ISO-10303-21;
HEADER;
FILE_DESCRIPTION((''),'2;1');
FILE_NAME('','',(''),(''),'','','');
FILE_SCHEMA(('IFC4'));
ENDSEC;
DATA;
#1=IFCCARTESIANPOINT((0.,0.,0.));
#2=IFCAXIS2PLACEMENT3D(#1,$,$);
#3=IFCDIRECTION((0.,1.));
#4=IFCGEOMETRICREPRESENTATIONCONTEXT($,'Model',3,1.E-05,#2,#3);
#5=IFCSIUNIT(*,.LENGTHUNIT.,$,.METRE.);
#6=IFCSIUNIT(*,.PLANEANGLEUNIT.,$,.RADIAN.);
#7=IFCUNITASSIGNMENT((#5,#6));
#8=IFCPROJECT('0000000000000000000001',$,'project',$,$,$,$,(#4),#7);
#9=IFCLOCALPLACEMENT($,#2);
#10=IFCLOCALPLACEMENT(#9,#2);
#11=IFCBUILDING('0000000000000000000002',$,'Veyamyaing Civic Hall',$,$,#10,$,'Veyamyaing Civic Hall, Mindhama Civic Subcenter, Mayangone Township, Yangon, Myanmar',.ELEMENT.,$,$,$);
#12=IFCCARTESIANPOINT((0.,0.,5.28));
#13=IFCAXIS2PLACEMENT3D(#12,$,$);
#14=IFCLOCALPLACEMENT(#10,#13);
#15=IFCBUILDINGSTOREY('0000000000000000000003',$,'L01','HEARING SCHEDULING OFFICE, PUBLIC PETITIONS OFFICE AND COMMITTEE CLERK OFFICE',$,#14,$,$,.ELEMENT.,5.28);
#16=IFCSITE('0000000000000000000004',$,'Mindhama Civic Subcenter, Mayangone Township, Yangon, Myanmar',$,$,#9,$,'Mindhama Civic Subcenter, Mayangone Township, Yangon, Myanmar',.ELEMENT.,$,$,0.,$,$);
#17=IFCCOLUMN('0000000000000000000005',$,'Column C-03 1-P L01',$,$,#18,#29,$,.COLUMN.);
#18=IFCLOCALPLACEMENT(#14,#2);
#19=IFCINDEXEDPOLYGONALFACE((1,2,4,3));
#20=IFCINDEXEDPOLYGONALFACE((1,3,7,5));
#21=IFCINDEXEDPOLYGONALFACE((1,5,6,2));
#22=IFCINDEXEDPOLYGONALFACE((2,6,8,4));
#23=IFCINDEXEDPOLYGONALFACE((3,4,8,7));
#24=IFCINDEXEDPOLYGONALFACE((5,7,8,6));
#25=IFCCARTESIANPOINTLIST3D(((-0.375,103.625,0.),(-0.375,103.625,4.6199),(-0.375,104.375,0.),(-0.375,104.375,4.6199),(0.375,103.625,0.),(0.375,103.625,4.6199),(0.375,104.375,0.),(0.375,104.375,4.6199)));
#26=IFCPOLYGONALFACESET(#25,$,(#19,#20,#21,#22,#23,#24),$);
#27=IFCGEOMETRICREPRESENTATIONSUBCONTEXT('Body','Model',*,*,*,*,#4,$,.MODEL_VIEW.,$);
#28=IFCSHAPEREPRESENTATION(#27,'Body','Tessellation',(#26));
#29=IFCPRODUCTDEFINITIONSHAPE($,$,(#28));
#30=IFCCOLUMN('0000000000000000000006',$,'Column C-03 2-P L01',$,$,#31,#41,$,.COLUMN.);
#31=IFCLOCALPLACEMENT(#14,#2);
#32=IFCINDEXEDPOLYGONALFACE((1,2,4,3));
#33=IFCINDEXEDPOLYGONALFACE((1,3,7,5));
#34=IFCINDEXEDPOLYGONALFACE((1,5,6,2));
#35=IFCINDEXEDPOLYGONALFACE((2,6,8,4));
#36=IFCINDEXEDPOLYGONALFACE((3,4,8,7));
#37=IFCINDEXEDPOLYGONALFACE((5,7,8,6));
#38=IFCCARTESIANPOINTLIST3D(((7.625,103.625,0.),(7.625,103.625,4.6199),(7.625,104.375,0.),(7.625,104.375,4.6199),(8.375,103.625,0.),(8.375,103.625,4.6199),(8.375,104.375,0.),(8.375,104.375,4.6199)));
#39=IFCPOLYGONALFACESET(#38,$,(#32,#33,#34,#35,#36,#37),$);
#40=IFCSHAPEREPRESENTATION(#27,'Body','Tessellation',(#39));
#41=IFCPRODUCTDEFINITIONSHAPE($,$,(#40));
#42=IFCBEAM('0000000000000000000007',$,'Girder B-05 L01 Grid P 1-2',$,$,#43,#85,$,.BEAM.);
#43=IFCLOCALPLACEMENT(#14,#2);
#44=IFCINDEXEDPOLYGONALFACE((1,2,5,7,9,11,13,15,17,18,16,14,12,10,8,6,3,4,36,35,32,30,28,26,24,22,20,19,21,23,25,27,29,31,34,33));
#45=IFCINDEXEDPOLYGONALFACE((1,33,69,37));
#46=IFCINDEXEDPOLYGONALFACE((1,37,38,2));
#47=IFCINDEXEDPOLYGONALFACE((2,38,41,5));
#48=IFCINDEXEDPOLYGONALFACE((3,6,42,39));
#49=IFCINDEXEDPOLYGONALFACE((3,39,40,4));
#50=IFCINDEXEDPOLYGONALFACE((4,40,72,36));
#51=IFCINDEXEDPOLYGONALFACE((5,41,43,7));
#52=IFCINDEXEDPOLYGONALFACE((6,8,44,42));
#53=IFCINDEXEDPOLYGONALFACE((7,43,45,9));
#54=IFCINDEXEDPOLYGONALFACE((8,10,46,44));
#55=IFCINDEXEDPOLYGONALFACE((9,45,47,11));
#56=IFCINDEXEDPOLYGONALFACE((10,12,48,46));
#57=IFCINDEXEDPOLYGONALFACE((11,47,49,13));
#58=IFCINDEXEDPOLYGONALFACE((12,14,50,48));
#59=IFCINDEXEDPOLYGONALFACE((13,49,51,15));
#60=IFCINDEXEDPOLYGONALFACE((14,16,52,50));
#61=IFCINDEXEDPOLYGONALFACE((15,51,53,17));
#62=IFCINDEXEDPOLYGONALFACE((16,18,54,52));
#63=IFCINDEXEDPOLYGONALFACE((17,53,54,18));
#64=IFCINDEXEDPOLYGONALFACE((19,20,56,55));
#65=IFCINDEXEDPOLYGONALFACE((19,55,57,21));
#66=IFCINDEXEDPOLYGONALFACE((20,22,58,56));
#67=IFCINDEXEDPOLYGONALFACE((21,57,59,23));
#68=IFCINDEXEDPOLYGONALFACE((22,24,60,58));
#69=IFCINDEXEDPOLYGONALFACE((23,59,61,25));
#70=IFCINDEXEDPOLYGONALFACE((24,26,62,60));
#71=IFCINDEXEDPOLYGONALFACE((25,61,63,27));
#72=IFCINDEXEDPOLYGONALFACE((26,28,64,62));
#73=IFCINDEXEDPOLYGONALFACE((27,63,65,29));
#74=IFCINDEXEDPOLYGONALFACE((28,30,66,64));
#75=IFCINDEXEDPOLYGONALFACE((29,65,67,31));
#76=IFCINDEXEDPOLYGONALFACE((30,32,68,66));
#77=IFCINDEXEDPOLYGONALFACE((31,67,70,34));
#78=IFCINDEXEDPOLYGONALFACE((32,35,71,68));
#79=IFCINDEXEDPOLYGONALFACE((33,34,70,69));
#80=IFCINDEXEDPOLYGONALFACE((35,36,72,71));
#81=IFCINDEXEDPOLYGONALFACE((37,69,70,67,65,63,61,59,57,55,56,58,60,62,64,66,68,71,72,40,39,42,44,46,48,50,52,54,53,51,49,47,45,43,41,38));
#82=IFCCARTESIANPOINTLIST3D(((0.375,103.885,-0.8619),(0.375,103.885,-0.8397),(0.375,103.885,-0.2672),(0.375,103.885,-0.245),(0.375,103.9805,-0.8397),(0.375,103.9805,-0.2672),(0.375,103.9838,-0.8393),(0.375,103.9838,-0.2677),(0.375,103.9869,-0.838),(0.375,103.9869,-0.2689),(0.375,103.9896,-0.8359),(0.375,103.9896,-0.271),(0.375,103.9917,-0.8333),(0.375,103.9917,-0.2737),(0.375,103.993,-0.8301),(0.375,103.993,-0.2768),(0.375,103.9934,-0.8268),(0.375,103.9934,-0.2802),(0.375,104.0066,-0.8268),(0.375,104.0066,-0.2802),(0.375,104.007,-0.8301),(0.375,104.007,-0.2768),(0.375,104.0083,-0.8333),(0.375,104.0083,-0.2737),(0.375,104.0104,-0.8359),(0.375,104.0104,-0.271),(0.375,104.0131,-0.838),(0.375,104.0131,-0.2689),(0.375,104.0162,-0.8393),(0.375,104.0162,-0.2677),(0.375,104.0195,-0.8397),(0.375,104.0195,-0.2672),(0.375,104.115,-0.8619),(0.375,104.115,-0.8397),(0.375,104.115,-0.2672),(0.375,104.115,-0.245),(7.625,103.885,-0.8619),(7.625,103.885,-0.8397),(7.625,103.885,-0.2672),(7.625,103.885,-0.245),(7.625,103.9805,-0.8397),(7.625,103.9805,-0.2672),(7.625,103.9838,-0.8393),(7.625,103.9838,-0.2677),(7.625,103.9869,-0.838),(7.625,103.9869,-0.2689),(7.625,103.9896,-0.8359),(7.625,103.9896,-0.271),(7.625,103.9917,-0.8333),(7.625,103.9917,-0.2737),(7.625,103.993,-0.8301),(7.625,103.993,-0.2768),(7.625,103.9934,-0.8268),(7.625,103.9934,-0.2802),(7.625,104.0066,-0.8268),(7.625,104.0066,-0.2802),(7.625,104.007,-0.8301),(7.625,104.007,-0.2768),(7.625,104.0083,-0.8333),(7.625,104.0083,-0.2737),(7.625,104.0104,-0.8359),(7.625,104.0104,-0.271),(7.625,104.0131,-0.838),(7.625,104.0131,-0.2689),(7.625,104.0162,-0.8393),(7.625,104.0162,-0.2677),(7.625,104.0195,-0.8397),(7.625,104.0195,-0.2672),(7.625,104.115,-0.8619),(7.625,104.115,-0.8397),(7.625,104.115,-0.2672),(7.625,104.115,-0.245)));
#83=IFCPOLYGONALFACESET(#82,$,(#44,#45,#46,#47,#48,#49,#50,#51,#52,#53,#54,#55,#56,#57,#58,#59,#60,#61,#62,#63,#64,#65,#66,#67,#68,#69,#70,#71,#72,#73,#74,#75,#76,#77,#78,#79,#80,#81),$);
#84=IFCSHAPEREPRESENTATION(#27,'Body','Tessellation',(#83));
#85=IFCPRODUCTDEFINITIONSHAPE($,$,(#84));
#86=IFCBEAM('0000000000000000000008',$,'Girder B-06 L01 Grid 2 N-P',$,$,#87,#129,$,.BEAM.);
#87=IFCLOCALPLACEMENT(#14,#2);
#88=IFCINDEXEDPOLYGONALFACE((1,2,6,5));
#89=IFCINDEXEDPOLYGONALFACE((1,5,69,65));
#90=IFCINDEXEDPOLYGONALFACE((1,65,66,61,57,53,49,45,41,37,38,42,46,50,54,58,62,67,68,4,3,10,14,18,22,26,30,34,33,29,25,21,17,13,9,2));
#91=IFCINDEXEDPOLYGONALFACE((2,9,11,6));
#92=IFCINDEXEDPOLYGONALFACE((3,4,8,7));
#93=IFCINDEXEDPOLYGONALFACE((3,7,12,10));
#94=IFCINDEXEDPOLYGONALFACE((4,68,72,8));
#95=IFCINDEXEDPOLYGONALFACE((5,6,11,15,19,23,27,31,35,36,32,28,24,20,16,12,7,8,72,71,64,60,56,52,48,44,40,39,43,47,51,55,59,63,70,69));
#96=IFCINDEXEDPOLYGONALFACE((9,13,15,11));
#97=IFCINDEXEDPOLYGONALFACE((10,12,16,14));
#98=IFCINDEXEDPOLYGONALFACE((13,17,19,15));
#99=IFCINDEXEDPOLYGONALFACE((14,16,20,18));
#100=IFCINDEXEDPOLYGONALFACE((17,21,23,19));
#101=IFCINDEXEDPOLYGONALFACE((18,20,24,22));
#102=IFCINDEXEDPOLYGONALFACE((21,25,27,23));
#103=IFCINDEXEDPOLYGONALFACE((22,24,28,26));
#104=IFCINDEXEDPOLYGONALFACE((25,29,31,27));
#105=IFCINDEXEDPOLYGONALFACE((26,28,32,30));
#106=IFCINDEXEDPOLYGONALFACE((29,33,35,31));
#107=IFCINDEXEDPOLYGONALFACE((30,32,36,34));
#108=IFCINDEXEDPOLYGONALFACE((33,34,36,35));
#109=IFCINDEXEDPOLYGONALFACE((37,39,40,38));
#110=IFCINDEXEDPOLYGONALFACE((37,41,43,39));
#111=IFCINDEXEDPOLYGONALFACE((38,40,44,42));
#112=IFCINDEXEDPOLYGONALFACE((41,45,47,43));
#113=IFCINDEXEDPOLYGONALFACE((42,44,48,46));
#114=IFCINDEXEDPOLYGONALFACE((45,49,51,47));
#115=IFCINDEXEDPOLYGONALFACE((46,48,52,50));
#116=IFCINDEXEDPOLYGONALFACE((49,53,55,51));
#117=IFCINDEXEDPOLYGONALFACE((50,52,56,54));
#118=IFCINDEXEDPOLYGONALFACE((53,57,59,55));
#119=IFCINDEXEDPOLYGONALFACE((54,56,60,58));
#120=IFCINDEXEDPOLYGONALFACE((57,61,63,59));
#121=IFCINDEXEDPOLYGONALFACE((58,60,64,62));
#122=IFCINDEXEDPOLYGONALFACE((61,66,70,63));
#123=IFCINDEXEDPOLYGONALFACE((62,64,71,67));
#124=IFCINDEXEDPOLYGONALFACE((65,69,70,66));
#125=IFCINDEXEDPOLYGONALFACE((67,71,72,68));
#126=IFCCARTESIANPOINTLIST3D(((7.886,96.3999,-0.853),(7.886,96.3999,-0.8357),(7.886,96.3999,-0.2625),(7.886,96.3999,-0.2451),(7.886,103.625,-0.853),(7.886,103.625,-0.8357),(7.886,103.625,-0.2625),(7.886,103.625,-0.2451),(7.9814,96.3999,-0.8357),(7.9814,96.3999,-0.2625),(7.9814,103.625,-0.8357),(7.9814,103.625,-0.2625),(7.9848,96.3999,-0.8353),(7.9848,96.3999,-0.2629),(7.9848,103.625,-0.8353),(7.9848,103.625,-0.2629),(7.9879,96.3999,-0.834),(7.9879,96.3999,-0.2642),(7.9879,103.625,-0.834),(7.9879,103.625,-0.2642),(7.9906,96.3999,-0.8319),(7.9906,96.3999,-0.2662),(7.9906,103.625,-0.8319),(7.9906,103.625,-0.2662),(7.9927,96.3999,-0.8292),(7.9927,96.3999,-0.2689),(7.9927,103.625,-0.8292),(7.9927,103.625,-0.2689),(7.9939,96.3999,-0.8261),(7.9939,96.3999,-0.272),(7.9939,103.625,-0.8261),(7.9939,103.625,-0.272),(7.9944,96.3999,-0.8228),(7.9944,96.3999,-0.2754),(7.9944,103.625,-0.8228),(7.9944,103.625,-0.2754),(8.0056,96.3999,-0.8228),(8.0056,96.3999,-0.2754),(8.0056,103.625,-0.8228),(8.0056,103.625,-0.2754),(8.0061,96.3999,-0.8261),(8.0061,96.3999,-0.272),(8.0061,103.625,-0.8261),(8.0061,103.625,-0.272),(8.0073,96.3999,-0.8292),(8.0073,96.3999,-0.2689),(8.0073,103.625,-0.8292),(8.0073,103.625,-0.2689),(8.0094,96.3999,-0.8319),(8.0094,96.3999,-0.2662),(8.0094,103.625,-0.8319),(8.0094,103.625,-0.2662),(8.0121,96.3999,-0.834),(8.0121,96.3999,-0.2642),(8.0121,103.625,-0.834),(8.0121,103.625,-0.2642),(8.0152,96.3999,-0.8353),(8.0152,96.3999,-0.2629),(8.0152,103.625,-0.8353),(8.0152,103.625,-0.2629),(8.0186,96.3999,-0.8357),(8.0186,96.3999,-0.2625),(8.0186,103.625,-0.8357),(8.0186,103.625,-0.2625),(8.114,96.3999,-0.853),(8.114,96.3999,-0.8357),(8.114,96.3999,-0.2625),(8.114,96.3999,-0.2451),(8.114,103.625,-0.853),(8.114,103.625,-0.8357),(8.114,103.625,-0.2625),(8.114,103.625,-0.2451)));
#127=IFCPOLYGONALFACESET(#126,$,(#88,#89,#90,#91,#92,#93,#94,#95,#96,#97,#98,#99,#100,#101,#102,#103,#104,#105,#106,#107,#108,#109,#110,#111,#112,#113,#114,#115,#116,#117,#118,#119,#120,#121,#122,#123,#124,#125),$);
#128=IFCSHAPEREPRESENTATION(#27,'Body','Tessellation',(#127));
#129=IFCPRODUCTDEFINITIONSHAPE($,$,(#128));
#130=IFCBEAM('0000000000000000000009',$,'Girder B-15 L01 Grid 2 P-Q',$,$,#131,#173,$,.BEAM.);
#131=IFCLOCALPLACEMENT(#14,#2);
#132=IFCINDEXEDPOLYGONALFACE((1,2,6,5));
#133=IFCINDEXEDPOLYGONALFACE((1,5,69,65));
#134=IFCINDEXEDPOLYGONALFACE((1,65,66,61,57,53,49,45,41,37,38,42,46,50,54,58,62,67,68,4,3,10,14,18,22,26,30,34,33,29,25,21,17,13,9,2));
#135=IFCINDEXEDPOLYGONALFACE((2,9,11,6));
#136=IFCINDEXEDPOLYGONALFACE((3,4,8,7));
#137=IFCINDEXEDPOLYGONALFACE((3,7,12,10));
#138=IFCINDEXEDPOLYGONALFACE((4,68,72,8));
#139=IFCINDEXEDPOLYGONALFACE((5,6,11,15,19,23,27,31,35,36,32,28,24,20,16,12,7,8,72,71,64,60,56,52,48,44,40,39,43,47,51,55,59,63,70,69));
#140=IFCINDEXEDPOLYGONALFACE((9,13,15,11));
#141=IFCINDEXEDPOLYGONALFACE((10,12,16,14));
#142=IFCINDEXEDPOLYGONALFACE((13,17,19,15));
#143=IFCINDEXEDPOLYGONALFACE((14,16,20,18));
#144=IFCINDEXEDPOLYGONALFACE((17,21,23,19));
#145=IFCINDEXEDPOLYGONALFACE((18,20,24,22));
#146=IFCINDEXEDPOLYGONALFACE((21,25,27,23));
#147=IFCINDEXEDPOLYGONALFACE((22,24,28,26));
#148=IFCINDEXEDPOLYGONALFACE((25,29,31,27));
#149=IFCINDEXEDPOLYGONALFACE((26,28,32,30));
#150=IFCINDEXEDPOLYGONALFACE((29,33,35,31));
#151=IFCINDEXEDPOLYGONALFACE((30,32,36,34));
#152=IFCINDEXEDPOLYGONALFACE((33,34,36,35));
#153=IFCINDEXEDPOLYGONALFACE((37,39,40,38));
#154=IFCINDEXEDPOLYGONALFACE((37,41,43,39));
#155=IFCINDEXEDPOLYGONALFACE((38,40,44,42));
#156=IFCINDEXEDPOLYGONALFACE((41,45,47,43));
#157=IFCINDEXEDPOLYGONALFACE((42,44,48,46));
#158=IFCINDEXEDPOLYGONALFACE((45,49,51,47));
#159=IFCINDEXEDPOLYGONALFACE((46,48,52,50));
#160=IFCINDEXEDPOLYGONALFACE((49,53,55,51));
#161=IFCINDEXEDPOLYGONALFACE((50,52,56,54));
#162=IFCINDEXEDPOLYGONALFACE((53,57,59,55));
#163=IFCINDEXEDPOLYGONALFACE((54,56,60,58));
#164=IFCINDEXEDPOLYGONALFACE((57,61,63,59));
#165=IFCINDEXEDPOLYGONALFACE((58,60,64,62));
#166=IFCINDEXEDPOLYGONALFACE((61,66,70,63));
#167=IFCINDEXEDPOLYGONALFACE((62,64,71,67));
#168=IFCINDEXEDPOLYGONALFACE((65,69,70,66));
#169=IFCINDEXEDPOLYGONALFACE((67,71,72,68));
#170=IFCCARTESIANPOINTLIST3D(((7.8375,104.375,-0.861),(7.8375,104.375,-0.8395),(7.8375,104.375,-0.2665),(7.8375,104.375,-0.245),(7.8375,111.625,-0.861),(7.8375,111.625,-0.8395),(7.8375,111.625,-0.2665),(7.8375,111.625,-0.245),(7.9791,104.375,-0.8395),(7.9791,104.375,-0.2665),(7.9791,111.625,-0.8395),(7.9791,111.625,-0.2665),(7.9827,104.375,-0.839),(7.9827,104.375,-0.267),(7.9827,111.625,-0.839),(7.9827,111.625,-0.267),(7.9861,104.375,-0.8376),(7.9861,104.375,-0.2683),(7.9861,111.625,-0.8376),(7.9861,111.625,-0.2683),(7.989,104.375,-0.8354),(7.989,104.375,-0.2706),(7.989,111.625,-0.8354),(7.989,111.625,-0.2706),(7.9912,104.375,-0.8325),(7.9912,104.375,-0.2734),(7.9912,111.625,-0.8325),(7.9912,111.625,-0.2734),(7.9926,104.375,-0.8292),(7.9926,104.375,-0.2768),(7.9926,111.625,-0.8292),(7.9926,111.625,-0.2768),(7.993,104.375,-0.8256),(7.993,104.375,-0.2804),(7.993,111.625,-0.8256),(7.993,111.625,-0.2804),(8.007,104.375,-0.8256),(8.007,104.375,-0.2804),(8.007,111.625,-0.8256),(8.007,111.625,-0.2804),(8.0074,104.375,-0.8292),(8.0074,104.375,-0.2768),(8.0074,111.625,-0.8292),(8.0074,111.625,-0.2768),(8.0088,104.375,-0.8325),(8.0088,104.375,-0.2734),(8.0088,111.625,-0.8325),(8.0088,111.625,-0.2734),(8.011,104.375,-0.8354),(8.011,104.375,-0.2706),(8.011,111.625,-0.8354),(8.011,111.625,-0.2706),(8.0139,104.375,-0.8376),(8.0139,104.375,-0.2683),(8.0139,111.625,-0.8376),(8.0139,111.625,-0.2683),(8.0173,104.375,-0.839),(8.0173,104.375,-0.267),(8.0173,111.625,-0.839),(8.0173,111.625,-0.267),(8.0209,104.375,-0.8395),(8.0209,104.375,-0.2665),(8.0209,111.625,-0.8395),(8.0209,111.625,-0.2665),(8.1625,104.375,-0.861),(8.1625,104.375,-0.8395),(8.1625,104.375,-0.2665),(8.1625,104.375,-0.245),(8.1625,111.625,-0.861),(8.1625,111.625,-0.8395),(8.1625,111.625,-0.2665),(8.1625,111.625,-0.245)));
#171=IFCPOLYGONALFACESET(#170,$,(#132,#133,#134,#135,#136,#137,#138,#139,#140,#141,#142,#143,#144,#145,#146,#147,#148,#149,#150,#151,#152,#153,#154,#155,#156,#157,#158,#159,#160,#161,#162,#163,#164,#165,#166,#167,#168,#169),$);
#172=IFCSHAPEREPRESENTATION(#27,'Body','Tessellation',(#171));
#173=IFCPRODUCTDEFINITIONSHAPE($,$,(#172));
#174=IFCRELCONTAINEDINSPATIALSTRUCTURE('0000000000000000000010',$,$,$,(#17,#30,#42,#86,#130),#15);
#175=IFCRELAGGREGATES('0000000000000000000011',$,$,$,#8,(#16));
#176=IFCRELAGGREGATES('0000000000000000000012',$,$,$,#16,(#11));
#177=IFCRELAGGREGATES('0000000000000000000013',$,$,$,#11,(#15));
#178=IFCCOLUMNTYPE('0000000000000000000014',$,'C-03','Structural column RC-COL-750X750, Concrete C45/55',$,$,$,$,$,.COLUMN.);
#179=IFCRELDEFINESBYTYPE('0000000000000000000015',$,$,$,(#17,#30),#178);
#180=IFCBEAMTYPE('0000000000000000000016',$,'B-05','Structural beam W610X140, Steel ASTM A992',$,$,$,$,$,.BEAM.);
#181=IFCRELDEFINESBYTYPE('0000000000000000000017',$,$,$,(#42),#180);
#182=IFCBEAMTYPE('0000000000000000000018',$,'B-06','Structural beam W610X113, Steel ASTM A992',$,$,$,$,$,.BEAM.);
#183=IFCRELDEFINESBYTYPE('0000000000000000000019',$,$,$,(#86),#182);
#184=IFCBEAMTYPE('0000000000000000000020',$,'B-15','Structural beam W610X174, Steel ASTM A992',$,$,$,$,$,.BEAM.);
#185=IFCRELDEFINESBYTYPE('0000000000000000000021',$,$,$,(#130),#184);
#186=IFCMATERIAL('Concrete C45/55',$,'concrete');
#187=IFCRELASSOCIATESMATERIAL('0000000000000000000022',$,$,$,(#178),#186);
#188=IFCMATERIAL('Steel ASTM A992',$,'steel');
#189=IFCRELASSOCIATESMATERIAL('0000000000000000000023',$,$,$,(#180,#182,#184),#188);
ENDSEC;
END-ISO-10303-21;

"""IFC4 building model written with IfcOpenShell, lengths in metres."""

from ifc_helpers import new_model, si_unit, direction, frame, origin, origin_2d, place, context, subcontext, project, spatial, rectangle, i_section, extrude, material, material_profile, profile_set, type_object, element, save


model = new_model("IFC4")

# Units and contexts
model_context = context("Model", 3, precision=1e-05, world=origin(), true_north=direction((0.0, 1.0)))
body_context = subcontext(model_context, "Body", "Model", "MODEL_VIEW")
ifc_project = project(units=[si_unit("LENGTHUNIT", "METRE"), si_unit("PLANEANGLEUNIT", "RADIAN")], contexts=[model_context])

# Site, building, storey
site_placement = place(None, origin())
site = spatial("IfcSite", under=ifc_project, at=site_placement, Name="Mindhama Civic Subcenter, Mayangone Township, Yangon, Myanmar", LongName="Mindhama Civic Subcenter, Mayangone Township, Yangon, Myanmar", CompositionType="ELEMENT", RefElevation=0.0)
building_placement = place(site_placement, origin())
building = spatial("IfcBuilding", under=site, at=building_placement, Name="Veyamyaing Civic Hall", LongName="Veyamyaing Civic Hall, Mindhama Civic Subcenter, Mayangone Township, Yangon, Myanmar", CompositionType="ELEMENT")
storey_placement = place(building_placement, frame((0.0, 0.0, 5.28)))
storey = spatial("IfcBuildingStorey", under=building, at=storey_placement, Name="L01", Description="HEARING SCHEDULING OFFICE, PUBLIC PETITIONS OFFICE AND COMMITTEE CLERK OFFICE", CompositionType="ELEMENT", Elevation=5.28)

# Columns
ifc_material_1 = material(Name="Concrete C45/55", Category="concrete")
ifc_material_profile_1 = material_profile(ifc_material_1, rectangle(XDim=0.75, YDim=0.75, at=origin_2d()), Name="RC-COL-750X750")
ifc_profile_set_1 = profile_set([ifc_material_profile_1], Name="Concrete C45/55")
column_type = type_object("IfcColumnType", Name="C-03", Description="Structural column RC-COL-750X750, Concrete C45/55", PredefinedType="COLUMN", material=ifc_profile_set_1)
for number, where, z_axis, x_axis, name in (
    (1, (0.0, 104.0, 0.0), (0.0, 0.0, 1.0), (1.0, 0.0, 0.0), "Column C-03 1-P L01"),
    (2, (8.0, 104.0, 0.0), (0.0, 0.0, 1.0), (1.0, 0.0, 0.0), "Column C-03 2-P L01"),
):
    element("IfcColumn", number, at=place(storey_placement, frame(where, z_axis=z_axis, x_axis=x_axis)), inside=storey, type_object=column_type, Name=name, PredefinedType="COLUMN", context=body_context, shape_type="SweptSolid", body=[
        extrude(rectangle(XDim=0.75, YDim=0.75, at=origin_2d()), origin(), (0.0, 0.0, 1.0), 4.6199),
    ])

# Beams
ifc_material_2 = material(Name="Steel ASTM A992", Category="steel")
ifc_material_profile_2 = material_profile(ifc_material_2, i_section(OverallWidth=0.23, OverallDepth=0.6169, WebThickness=0.0132, FlangeThickness=0.0222, FilletRadius=0.0129, at=origin_2d()), Name="W610X140")
ifc_profile_set_2 = profile_set([ifc_material_profile_2], Name="Steel ASTM A992")
beam_type_1 = type_object("IfcBeamType", Name="B-05", Description="Structural beam W610X140, Steel ASTM A992", PredefinedType="BEAM", material=ifc_profile_set_2)
beam_1_placement = place(storey_placement, frame((0.375, 104.0, -0.5535), z_axis=(1.0, 0.0, 0.0), x_axis=(0.0, 1.0, 0.0)))
element("IfcBeam", 3, at=beam_1_placement, inside=storey, type_object=beam_type_1, Name="Girder B-05 L01 Grid P 1-2", PredefinedType="BEAM", context=body_context, shape_type="SweptSolid", body=[
    extrude(i_section(OverallWidth=0.23, OverallDepth=0.6169, WebThickness=0.0132, FlangeThickness=0.0222, FilletRadius=0.0129, at=origin_2d()), origin(), (0.0, 0.0, 1.0), 7.25),
])
ifc_material_profile_3 = material_profile(ifc_material_2, i_section(OverallWidth=0.228, OverallDepth=0.6079, WebThickness=0.0112, FlangeThickness=0.0173, FilletRadius=0.0129, at=origin_2d()), Name="W610X113")
ifc_profile_set_3 = profile_set([ifc_material_profile_3], Name="Steel ASTM A992")
beam_type_2 = type_object("IfcBeamType", Name="B-06", Description="Structural beam W610X113, Steel ASTM A992", PredefinedType="BEAM", material=ifc_profile_set_3)
beam_2_placement = place(storey_placement, frame((8.0, 96.3999, -0.5491), z_axis=(0.0, 1.0, 0.0), x_axis=(-1.0, 0.0, 0.0)))
element("IfcBeam", 4, at=beam_2_placement, inside=storey, type_object=beam_type_2, Name="Girder B-06 L01 Grid 2 N-P", PredefinedType="BEAM", context=body_context, shape_type="SweptSolid", body=[
    extrude(i_section(OverallWidth=0.228, OverallDepth=0.6079, WebThickness=0.0112, FlangeThickness=0.0173, FilletRadius=0.0129, at=origin_2d()), origin(), (0.0, 0.0, 1.0), 7.2251),
])
ifc_material_profile_4 = material_profile(ifc_material_2, i_section(OverallWidth=0.325, OverallDepth=0.616, WebThickness=0.0139, FlangeThickness=0.0215, FilletRadius=0.0139, at=origin_2d()), Name="W610X174")
ifc_profile_set_4 = profile_set([ifc_material_profile_4], Name="Steel ASTM A992")
beam_type_3 = type_object("IfcBeamType", Name="B-15", Description="Structural beam W610X174, Steel ASTM A992", PredefinedType="BEAM", material=ifc_profile_set_4)
beam_3_placement = place(storey_placement, frame((8.0, 104.375, -0.553), z_axis=(0.0, 1.0, 0.0), x_axis=(-1.0, 0.0, 0.0)))
element("IfcBeam", 5, at=beam_3_placement, inside=storey, type_object=beam_type_3, Name="Girder B-15 L01 Grid 2 P-Q", PredefinedType="BEAM", context=body_context, shape_type="SweptSolid", body=[
    extrude(i_section(OverallWidth=0.325, OverallDepth=0.616, WebThickness=0.0139, FlangeThickness=0.0215, FilletRadius=0.0139, at=origin_2d()), origin(), (0.0, 0.0, 1.0), 7.25),
])

save(model, "model.ifc")
